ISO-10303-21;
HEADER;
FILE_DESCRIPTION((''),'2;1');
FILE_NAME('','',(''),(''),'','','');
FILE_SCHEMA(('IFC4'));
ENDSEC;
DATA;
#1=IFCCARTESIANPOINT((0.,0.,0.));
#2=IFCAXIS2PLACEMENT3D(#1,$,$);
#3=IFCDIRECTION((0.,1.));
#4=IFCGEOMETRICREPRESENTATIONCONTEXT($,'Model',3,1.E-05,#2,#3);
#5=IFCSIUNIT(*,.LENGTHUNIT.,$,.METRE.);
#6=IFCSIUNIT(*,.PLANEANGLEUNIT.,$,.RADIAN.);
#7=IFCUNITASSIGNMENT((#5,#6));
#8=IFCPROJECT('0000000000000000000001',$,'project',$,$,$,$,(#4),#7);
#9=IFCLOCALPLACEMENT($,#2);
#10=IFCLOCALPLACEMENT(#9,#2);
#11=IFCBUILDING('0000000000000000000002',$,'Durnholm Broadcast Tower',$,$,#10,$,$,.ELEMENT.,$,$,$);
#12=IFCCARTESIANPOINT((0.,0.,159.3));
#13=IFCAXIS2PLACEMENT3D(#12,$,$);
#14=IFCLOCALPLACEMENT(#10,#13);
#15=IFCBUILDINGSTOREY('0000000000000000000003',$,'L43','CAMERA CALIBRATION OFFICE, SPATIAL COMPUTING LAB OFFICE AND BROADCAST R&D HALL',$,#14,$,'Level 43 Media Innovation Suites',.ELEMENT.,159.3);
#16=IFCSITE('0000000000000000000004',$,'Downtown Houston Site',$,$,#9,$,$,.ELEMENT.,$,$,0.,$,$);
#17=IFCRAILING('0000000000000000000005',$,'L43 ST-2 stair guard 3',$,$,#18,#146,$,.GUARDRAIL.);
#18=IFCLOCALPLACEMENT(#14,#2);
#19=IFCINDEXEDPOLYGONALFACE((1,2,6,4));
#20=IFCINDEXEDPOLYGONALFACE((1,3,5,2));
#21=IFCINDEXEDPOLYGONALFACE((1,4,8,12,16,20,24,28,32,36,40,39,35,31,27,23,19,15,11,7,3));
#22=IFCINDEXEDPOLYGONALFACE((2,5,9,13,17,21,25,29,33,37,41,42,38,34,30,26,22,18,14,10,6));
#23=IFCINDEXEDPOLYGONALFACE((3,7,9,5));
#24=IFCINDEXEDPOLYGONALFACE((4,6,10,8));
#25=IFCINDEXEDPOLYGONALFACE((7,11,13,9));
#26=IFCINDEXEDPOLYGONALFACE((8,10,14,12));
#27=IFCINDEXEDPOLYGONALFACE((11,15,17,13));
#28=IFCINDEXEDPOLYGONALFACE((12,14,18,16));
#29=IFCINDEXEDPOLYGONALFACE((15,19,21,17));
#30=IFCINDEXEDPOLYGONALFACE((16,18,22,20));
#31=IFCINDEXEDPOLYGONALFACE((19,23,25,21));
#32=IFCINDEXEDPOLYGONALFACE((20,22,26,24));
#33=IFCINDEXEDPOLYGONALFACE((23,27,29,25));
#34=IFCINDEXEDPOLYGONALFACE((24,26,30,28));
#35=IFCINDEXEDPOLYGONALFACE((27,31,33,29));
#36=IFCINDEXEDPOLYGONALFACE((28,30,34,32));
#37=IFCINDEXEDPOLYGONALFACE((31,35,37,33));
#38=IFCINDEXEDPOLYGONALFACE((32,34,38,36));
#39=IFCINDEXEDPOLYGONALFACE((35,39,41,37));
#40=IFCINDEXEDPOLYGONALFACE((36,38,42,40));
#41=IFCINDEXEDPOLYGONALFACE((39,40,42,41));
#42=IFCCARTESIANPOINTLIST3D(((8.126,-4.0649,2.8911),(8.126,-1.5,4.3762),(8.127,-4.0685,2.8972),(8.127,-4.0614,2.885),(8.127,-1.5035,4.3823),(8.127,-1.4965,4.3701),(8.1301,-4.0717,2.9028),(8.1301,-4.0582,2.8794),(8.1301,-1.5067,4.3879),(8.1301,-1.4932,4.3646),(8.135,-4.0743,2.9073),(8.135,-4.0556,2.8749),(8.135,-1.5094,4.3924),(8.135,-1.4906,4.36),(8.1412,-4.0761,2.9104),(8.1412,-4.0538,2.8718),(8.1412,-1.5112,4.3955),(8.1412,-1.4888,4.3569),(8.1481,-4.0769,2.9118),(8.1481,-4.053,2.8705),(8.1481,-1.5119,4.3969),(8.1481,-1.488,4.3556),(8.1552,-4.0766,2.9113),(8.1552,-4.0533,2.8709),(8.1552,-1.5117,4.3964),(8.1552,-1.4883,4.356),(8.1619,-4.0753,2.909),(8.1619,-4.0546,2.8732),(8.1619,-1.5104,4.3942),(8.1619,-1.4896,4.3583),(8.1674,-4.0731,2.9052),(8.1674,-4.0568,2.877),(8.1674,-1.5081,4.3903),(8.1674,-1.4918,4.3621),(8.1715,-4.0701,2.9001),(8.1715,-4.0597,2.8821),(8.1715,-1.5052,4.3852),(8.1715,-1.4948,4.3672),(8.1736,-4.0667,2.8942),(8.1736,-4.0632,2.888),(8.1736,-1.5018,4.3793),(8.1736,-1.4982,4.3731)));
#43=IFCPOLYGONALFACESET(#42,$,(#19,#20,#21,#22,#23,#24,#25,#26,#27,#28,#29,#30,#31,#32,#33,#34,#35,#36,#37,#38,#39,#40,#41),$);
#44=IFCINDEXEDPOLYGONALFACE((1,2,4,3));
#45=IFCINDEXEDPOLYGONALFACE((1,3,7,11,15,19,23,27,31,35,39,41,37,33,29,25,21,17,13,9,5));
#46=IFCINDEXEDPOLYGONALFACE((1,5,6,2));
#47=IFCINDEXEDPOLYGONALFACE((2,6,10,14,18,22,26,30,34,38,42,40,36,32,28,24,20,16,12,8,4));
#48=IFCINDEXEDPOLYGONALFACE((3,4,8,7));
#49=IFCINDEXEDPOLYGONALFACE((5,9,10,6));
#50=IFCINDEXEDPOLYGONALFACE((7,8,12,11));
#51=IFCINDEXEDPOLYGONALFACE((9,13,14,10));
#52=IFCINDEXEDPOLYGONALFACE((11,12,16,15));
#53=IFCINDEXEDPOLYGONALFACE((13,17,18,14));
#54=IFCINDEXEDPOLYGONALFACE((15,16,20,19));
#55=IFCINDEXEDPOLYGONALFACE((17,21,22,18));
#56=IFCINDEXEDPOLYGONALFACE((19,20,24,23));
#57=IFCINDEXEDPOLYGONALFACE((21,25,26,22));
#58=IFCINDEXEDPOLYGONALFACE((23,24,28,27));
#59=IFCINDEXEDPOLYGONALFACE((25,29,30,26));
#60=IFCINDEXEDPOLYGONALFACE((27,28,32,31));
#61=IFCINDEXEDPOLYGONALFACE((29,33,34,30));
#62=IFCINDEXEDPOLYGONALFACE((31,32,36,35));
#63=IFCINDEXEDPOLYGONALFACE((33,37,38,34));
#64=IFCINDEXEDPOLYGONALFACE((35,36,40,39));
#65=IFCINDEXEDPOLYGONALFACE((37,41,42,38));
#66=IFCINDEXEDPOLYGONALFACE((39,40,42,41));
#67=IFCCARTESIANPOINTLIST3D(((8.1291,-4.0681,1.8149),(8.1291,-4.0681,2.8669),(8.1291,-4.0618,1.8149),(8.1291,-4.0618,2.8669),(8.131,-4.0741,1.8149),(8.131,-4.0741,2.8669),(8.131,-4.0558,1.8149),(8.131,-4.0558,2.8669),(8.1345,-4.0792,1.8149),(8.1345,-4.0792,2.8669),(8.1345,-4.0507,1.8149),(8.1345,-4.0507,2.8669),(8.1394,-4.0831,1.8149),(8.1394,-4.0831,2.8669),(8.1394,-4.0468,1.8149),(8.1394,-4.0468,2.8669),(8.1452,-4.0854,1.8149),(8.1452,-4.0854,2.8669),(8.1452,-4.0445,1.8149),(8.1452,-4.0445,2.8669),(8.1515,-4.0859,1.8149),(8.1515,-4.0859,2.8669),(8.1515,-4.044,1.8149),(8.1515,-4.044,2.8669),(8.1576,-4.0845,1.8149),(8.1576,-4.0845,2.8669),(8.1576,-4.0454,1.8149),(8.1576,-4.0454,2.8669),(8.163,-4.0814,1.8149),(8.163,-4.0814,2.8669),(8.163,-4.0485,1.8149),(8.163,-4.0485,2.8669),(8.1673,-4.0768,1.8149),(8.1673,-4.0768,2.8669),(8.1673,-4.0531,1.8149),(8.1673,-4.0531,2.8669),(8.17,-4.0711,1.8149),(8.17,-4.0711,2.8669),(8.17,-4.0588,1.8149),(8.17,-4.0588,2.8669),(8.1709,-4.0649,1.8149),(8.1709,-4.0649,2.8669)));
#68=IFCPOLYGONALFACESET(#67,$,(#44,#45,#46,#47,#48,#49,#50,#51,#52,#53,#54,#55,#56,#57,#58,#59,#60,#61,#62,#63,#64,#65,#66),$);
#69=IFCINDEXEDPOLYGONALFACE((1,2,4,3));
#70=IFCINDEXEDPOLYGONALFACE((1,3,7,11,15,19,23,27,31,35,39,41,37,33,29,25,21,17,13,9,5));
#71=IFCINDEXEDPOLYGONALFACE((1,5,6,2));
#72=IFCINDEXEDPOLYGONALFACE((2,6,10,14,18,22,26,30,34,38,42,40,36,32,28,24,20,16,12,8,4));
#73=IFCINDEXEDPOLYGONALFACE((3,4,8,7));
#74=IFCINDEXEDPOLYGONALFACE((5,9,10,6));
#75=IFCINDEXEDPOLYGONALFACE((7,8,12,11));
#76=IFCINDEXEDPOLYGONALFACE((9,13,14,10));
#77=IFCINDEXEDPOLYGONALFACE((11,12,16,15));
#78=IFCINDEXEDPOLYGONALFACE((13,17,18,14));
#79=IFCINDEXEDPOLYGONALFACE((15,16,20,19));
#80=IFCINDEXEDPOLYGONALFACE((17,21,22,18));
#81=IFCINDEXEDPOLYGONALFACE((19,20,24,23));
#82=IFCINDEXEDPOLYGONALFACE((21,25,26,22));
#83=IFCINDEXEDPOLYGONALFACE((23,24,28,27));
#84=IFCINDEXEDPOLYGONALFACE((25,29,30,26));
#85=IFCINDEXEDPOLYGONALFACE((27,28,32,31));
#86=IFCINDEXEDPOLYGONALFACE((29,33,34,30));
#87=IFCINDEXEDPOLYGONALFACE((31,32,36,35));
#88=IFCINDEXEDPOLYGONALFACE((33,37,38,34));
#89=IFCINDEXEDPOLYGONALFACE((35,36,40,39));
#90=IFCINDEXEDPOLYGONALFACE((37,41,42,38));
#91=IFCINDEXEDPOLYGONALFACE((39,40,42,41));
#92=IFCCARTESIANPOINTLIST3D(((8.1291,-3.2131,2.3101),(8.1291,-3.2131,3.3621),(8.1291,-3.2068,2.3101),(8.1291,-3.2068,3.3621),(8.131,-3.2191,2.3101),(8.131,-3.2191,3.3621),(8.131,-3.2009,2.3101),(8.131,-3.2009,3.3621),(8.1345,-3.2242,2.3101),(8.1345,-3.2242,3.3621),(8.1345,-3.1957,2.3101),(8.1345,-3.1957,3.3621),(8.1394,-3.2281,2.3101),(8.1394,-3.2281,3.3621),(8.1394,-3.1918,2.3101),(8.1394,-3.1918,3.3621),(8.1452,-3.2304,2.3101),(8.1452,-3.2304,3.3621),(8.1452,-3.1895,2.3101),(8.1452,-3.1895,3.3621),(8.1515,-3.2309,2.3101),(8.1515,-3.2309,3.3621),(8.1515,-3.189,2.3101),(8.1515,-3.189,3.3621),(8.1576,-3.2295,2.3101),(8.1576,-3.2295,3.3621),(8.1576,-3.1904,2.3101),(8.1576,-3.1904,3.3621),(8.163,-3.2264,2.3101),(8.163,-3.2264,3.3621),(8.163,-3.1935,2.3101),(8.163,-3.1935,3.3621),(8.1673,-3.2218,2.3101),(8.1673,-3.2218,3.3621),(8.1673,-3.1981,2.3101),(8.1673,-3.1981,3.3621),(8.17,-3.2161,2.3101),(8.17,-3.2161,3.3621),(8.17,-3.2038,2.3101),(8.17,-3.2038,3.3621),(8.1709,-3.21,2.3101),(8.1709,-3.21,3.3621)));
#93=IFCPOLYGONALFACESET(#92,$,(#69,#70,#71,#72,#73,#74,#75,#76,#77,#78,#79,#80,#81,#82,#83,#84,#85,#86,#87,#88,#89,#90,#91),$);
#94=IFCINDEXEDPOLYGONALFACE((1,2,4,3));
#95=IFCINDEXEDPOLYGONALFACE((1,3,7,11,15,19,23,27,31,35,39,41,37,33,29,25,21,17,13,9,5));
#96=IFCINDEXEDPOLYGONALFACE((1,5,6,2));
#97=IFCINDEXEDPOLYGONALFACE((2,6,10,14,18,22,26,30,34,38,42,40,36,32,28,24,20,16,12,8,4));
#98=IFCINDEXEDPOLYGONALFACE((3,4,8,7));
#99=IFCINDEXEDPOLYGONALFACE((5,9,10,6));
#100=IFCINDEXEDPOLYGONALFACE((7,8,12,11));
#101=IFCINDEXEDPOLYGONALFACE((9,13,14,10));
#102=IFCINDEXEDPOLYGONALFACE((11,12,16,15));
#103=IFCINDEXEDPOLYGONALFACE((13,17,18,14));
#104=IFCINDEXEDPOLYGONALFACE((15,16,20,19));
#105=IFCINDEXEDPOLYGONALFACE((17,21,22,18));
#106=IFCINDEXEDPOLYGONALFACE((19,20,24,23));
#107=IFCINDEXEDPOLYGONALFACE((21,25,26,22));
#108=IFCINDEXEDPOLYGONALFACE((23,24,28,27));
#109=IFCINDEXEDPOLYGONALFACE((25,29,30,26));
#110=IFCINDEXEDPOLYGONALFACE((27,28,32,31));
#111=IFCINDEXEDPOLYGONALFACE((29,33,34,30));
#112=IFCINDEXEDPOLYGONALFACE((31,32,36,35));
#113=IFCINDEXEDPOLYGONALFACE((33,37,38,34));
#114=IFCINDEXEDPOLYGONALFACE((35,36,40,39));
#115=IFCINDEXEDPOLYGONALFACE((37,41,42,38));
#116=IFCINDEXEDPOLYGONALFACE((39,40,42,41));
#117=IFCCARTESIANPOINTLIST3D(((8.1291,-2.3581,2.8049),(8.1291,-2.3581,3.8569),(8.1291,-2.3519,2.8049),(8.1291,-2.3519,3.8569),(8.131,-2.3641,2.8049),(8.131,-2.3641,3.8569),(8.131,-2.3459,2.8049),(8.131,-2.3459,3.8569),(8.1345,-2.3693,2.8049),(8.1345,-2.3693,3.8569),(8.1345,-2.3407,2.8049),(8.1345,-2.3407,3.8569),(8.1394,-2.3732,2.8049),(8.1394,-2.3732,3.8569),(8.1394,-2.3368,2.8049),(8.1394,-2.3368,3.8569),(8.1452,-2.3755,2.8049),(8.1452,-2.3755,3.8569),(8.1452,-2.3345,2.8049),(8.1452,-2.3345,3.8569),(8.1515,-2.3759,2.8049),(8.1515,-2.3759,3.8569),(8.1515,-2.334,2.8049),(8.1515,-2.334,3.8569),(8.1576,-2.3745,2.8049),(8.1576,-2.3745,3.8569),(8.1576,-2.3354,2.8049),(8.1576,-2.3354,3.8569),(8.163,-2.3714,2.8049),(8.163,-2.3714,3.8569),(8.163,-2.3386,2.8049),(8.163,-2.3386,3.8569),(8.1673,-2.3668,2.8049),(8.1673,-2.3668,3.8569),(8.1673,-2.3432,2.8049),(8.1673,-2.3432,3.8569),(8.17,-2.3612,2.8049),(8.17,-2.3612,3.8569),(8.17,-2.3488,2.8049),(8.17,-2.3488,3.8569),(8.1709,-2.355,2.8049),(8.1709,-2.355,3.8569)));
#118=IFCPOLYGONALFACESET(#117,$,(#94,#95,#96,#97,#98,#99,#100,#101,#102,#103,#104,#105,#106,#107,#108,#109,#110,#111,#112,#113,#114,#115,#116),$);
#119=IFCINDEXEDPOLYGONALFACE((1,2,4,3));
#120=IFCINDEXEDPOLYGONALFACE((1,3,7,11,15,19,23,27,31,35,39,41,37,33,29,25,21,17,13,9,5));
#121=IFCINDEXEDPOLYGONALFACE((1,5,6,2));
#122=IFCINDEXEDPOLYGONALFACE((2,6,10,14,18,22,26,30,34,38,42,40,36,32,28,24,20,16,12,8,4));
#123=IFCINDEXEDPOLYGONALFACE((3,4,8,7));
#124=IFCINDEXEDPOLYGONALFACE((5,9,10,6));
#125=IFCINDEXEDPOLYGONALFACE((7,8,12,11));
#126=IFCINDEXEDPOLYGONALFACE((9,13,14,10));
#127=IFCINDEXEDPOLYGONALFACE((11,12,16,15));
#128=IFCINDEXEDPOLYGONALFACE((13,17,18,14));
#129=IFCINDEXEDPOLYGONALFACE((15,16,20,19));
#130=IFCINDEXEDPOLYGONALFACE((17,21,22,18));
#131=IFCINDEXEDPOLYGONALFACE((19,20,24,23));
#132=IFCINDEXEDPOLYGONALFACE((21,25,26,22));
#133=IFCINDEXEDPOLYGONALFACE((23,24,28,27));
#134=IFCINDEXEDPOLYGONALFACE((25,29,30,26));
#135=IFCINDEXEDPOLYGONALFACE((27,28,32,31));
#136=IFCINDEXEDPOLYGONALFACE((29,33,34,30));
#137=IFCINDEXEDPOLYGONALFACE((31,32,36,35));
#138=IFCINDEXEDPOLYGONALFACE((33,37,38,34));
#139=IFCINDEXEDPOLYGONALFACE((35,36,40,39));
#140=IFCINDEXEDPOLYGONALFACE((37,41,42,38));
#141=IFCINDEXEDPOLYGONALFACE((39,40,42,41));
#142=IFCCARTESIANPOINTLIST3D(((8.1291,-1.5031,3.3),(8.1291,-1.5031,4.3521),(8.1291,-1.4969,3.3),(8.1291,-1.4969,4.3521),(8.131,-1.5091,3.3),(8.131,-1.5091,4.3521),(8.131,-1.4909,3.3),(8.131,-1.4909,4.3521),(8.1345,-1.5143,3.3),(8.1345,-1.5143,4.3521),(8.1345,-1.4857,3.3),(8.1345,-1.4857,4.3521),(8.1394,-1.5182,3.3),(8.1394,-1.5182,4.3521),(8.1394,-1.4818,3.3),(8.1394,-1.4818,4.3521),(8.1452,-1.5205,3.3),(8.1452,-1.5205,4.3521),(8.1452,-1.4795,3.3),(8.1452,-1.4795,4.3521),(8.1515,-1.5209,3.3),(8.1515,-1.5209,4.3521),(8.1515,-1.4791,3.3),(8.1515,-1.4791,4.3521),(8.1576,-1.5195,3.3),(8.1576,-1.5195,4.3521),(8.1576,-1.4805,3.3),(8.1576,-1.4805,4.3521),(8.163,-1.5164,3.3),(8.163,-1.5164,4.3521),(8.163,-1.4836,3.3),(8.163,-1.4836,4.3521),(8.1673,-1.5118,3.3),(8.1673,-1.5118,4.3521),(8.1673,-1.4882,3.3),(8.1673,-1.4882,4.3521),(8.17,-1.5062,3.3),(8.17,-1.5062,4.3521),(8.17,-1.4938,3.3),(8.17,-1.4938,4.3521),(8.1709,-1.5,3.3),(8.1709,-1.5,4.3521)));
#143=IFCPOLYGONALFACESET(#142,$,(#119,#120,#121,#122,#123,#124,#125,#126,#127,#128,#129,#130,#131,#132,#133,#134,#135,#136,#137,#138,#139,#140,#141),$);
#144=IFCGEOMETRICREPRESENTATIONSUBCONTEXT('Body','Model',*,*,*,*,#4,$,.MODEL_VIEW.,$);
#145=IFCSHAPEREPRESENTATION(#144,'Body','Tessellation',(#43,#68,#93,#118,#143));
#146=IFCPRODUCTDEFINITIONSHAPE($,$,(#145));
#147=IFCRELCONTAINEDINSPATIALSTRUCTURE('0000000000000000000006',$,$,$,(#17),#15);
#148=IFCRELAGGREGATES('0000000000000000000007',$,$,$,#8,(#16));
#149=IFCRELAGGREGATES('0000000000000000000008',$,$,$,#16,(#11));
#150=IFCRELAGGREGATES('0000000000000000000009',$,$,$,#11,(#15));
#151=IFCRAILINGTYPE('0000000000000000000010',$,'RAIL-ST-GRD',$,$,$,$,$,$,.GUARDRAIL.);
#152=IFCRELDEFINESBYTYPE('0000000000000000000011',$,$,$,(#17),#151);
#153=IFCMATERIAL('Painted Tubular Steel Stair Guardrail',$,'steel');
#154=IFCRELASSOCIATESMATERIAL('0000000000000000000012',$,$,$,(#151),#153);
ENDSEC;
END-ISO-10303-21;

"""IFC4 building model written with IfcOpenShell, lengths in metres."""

from ifc_helpers import new_model, si_unit, direction, frame, origin, origin_2d, place, context, subcontext, project, spatial, circle, extrude, material, type_object, element, save


model = new_model("IFC4")

# Units and contexts
model_context = context("Model", 3, precision=1e-05, world=origin(), true_north=direction((0.0, 1.0)))
body_context = subcontext(model_context, "Body", "Model", "MODEL_VIEW")
ifc_project = project(units=[si_unit("LENGTHUNIT", "METRE"), si_unit("PLANEANGLEUNIT", "RADIAN")], contexts=[model_context])

# Site, building, storey
site_placement = place(None, origin())
site = spatial("IfcSite", under=ifc_project, at=site_placement, Name="Downtown Houston Site", CompositionType="ELEMENT", RefElevation=0.0)
building_placement = place(site_placement, origin())
building = spatial("IfcBuilding", under=site, at=building_placement, Name="Durnholm Broadcast Tower", CompositionType="ELEMENT")
storey_placement = place(building_placement, frame((0.0, 0.0, 159.3)))
storey = spatial("IfcBuildingStorey", under=building, at=storey_placement, Name="L43", Description="CAMERA CALIBRATION OFFICE, SPATIAL COMPUTING LAB OFFICE AND BROADCAST R&D HALL", LongName="Level 43 Media Innovation Suites", CompositionType="ELEMENT", Elevation=159.3)

# Railing
ifc_material_1 = material(Name="Painted Tubular Steel Stair Guardrail", Category="steel")
railing_type_1 = type_object("IfcRailingType", Name="RAIL-ST-GRD", PredefinedType="GUARDRAIL", material=ifc_material_1)
railing_1_placement = place(storey_placement, frame((8.1499, -4.0649, 1.8149)))
element("IfcRailing", 1, at=railing_1_placement, inside=storey, type_object=railing_type_1, Name="L43 ST-2 stair guard 3", PredefinedType="GUARDRAIL", context=body_context, shape_type="SweptSolid", body=[
    extrude(circle(Radius=0.0239, at=origin_2d()), frame((0.0, 0.0, 1.0762), z_axis=(0.0, 0.865406, 0.501072), x_axis=(-1.0, 0.0, 0.0)), (0.0, 0.0, 1.0), 2.9639),
    extrude(circle(Radius=0.021, at=origin_2d()), origin(), (0.0, 0.0, 1.0), 1.052),
    extrude(circle(Radius=0.021, at=origin_2d()), frame((0.0, 0.855, 0.4951)), (0.0, 0.0, 1.0), 1.052),
    extrude(circle(Radius=0.021, at=origin_2d()), frame((0.0, 1.71, 0.99)), (0.0, 0.0, 1.0), 1.052),
    extrude(circle(Radius=0.021, at=origin_2d()), frame((0.0, 2.5649, 1.4851)), (0.0, 0.0, 1.0), 1.052),
])

save(model, "model.ifc")
